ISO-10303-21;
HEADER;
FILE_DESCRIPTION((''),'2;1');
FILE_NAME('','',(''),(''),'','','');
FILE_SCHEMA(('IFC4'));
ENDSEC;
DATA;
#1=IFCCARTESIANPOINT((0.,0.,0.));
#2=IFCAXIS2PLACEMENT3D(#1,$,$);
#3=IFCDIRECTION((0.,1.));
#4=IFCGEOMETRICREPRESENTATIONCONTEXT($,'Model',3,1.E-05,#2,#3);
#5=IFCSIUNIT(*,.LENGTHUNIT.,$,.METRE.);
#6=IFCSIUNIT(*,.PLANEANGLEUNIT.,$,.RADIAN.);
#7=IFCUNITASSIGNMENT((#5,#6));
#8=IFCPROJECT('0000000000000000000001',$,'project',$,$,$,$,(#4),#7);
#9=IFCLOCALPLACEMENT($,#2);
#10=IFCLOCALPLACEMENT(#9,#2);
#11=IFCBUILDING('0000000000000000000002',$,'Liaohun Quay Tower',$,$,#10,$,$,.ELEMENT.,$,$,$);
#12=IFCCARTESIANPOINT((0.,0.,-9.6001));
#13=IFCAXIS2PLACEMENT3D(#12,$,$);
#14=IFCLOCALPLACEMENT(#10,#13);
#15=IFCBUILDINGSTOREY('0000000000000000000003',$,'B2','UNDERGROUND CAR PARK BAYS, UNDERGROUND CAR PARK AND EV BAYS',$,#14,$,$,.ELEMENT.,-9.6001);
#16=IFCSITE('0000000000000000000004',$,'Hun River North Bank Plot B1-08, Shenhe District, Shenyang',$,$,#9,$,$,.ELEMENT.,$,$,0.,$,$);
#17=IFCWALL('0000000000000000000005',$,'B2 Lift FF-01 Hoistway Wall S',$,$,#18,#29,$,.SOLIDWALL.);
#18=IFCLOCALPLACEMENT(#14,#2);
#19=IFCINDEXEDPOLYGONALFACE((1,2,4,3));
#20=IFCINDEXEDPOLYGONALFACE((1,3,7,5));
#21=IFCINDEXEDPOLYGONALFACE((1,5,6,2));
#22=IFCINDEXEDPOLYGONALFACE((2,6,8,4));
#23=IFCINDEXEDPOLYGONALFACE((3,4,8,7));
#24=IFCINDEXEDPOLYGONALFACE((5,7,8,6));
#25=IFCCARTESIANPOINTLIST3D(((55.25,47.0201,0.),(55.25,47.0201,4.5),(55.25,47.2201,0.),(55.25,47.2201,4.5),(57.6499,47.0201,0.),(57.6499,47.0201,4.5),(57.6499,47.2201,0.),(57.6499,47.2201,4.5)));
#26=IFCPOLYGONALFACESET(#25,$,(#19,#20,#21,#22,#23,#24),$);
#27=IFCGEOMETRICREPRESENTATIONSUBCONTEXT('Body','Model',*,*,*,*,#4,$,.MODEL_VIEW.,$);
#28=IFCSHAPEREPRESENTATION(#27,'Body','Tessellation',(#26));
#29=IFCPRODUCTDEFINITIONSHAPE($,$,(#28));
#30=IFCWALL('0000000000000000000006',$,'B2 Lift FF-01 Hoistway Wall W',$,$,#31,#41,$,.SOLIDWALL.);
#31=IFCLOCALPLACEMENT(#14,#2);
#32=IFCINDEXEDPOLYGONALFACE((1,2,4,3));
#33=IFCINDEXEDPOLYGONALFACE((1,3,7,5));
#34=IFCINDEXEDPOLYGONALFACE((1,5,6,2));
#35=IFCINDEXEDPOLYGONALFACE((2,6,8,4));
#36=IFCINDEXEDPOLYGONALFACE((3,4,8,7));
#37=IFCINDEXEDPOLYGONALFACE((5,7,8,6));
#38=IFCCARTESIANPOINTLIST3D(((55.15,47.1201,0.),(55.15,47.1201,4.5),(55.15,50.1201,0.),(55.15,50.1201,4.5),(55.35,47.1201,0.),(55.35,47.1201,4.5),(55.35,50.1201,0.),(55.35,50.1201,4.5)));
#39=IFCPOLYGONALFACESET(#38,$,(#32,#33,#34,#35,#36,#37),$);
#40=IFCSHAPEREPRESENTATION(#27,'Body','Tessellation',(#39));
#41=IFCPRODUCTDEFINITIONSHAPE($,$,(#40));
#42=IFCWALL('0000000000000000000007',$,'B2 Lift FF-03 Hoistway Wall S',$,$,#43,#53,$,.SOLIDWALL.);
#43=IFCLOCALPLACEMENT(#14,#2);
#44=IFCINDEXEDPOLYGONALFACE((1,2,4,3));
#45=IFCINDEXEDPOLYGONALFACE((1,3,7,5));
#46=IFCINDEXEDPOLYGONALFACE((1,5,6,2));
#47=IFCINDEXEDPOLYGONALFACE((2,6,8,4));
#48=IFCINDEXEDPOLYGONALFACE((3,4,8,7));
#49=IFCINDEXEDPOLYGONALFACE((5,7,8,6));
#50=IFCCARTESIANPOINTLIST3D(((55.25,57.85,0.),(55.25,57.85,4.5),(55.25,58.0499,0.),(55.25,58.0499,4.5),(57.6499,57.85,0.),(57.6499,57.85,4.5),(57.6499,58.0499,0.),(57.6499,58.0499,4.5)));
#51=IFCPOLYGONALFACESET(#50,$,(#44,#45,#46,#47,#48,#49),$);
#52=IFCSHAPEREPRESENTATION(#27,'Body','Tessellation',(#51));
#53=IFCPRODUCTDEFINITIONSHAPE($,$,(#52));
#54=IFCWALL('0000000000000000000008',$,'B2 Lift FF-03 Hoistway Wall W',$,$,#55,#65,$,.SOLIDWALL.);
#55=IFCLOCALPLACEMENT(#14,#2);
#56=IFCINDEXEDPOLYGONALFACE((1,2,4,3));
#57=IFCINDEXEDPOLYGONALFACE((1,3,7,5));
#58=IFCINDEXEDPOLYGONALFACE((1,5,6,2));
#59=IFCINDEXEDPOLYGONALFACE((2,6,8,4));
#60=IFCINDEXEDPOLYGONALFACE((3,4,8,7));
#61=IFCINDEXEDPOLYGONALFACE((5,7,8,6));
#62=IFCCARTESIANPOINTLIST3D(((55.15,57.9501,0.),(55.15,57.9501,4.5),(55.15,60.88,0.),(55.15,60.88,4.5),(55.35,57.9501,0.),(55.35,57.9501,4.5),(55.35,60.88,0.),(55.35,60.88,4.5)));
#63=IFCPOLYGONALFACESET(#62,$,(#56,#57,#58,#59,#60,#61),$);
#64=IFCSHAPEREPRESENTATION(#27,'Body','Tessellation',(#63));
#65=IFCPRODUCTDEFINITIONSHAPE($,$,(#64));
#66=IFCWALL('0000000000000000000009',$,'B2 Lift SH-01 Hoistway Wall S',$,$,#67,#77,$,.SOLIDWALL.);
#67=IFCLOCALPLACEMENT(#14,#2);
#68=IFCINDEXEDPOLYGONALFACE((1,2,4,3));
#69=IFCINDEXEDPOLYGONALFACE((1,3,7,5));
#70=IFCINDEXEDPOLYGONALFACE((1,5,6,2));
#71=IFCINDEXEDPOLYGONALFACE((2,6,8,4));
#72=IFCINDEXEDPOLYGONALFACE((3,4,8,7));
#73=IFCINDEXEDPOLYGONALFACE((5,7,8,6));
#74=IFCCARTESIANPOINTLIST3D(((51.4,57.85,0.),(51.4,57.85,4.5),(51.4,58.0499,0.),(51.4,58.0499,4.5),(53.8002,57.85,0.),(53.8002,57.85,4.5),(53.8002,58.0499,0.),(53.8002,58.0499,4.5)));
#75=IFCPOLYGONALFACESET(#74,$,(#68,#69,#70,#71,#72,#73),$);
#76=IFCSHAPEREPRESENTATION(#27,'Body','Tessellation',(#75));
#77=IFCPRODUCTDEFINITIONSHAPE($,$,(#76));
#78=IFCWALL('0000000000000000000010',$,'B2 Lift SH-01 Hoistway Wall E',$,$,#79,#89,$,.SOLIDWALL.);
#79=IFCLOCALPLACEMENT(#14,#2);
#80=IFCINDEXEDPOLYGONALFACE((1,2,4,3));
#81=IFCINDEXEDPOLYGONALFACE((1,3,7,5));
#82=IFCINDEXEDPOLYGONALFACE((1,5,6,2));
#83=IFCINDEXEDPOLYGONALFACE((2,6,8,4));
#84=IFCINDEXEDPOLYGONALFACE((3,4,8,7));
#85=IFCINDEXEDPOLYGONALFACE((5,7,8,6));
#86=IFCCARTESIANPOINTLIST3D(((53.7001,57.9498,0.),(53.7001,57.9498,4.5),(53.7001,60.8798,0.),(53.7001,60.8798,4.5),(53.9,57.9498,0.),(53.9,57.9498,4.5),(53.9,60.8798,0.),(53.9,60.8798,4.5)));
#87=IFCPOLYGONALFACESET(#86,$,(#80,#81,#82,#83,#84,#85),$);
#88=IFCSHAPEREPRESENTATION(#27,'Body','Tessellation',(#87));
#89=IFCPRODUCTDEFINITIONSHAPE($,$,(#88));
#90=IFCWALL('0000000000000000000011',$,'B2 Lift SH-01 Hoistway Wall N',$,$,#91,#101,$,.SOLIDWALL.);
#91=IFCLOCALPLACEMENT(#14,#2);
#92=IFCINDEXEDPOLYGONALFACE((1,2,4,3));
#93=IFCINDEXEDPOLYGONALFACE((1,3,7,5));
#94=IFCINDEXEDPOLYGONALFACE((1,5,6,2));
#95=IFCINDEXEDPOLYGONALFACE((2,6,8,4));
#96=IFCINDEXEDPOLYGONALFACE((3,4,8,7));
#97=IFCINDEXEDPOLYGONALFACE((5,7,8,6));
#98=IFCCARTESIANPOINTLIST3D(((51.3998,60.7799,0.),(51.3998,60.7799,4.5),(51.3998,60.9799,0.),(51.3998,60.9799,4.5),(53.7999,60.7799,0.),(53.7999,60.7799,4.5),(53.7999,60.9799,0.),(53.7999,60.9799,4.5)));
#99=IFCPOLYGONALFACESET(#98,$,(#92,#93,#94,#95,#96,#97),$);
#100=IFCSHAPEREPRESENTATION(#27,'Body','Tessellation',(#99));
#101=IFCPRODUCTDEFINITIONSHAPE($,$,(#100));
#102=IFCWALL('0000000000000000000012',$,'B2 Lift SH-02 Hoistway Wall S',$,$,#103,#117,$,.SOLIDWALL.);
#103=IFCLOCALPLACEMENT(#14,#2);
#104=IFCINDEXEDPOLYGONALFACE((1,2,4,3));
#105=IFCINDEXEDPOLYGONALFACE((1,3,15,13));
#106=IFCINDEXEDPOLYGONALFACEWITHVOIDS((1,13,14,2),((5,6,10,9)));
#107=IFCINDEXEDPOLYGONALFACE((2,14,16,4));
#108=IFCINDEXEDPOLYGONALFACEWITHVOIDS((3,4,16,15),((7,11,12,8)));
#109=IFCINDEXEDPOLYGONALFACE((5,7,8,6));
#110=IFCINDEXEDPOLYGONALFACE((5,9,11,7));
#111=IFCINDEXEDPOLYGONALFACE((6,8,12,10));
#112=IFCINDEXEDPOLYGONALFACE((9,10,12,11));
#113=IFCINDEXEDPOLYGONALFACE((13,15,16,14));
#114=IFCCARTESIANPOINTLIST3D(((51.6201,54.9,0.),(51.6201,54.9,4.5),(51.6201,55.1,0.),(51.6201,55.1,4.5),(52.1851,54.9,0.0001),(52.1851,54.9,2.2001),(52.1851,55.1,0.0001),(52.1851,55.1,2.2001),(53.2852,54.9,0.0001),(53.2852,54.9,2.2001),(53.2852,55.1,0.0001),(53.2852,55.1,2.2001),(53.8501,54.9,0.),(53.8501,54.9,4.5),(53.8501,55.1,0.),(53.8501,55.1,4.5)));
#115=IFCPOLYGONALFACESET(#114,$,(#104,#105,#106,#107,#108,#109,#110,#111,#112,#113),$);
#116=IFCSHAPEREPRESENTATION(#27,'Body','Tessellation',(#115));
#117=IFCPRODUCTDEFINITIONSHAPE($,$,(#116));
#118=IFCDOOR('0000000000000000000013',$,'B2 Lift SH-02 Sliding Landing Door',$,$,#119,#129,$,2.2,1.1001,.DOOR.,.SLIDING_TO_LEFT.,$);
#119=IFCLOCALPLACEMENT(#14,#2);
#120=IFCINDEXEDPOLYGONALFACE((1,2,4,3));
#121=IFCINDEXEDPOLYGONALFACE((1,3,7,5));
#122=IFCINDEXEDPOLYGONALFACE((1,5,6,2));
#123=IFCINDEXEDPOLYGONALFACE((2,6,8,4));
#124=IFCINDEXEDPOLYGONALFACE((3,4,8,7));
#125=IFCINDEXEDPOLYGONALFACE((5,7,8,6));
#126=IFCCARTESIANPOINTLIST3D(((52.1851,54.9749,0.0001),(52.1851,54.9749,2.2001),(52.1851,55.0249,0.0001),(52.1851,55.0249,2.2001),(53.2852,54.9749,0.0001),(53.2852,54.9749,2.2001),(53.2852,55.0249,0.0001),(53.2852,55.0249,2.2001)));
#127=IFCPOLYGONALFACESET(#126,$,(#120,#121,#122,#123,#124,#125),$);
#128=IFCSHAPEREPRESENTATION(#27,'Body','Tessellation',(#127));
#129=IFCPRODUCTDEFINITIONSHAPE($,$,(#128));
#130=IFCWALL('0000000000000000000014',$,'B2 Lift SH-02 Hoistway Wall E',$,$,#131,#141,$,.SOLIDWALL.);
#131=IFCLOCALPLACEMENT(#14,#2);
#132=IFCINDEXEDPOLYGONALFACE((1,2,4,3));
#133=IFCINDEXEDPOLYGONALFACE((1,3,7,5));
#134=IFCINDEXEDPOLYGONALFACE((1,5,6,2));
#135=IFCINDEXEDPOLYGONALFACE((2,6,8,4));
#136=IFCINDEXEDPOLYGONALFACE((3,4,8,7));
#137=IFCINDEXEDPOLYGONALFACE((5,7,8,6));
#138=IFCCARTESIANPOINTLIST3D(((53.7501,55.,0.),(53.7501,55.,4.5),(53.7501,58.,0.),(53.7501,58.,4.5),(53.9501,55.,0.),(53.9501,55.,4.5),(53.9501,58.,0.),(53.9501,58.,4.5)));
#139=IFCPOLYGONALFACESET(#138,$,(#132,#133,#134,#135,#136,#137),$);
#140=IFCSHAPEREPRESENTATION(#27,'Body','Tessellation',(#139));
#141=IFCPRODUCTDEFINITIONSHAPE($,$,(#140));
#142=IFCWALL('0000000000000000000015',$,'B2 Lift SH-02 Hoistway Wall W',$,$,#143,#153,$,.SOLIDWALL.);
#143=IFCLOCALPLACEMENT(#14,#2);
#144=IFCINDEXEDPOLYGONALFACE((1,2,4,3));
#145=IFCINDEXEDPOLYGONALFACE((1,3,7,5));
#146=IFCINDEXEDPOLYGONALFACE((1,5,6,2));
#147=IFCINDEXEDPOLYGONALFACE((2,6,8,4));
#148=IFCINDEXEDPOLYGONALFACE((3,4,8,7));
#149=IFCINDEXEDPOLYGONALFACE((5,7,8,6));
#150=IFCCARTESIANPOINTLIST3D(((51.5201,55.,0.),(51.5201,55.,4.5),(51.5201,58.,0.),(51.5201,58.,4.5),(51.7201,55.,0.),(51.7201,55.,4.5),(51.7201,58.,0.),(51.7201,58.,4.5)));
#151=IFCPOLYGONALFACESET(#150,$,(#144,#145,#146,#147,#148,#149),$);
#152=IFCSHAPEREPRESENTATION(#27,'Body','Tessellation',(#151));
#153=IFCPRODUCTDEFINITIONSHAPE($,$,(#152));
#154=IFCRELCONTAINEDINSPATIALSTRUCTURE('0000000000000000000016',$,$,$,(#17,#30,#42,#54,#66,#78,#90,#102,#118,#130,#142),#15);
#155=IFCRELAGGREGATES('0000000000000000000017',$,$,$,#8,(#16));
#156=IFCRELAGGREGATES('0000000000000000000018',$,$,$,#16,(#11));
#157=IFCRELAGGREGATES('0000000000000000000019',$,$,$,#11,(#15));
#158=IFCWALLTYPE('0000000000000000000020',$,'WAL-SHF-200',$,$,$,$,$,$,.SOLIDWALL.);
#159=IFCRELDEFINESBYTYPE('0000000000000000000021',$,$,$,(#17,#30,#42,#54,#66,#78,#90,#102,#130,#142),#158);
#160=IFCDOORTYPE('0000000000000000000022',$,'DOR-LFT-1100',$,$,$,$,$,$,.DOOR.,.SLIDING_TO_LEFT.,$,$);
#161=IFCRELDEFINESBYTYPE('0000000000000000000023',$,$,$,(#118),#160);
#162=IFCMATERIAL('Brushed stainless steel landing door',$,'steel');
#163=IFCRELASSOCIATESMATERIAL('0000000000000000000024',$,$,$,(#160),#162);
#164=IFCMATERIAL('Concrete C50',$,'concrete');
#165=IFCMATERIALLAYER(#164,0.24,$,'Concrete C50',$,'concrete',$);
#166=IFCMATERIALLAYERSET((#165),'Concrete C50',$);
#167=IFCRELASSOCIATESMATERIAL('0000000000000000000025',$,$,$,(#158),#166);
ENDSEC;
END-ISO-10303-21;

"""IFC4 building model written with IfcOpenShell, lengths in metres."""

from ifc_helpers import new_model, si_unit, direction, frame, frame_2d, origin, place, context, subcontext, project, spatial, rectangle, extrude, source, transform, mapped, material, layer, layer_set, type_object, element, fill, save


model = new_model("IFC4")

# Units and contexts
model_context = context("Model", 3, precision=1e-05, world=origin(), true_north=direction((0.0, 1.0)))
body_context = subcontext(model_context, "Body", "Model", "MODEL_VIEW")
ifc_project = project(units=[si_unit("LENGTHUNIT", "METRE"), si_unit("PLANEANGLEUNIT", "RADIAN")], contexts=[model_context])

# Site, building, storey
site_placement = place(None, origin())
site = spatial("IfcSite", under=ifc_project, at=site_placement, Name="Hun River North Bank Plot B1-08, Shenhe District, Shenyang", CompositionType="ELEMENT", RefElevation=0.0)
building_placement = place(site_placement, origin())
building = spatial("IfcBuilding", under=site, at=building_placement, Name="Liaohun Quay Tower", CompositionType="ELEMENT")
storey_placement = place(building_placement, frame((0.0, 0.0, -9.6001)))
storey = spatial("IfcBuildingStorey", under=building, at=storey_placement, Name="B2", Description="UNDERGROUND CAR PARK BAYS, UNDERGROUND CAR PARK AND EV BAYS", CompositionType="ELEMENT", Elevation=-9.6001)

# Shared definitions
ifc_material_1 = material(Name="Concrete C50", Category="concrete")

# Shared definitions
ifc_material_2 = material(Name="Brushed stainless steel landing door", Category="steel")
door_type = type_object("IfcDoorType", Name="DOR-LFT-1100", OperationType="SLIDING_TO_LEFT", PredefinedType="DOOR", material=ifc_material_2)
shared_shape_1 = source(origin(), body_context, "Body", "SweptSolid", [
    extrude(rectangle(XDim=1.1001, YDim=2.2, at=frame_2d((0.55, 1.1001))), frame((0.0, 0.0249, 0.0), z_axis=(0.0, -1.0, 0.0), x_axis=(1.0, 0.0, 0.0)), (0.0, 0.0, 1.0), 0.05),
])

# Walls
ifc_layer_1 = layer(ifc_material_1, 0.24, Name="Concrete C50", Category="concrete")
ifc_layer_set_1 = layer_set([ifc_layer_1], Name="Concrete C50")
wall_type_1 = type_object("IfcWallType", Name="WAL-SHF-200", PredefinedType="SOLIDWALL", material=ifc_layer_set_1)
wall_1_placement = place(storey_placement, frame((55.25, 47.1201, 0.0), z_axis=(0.0, 0.0, 1.0), x_axis=(1.0, 0.0, 0.0)))
element("IfcWall", 1, at=wall_1_placement, inside=storey, type_object=wall_type_1, Name="B2 Lift FF-01 Hoistway Wall S", PredefinedType="SOLIDWALL", context=body_context, shape_type="SweptSolid", body=[
    extrude(rectangle(XDim=2.3999, YDim=0.2, at=frame_2d((1.2, 0.0))), origin(), (0.0, 0.0, 1.0), 4.5),
])
wall_2_placement = place(storey_placement, frame((55.25, 50.1201, 0.0), z_axis=(0.0, 0.0, 1.0), x_axis=(0.0, -1.0, 0.0)))
element("IfcWall", 2, at=wall_2_placement, inside=storey, type_object=wall_type_1, Name="B2 Lift FF-01 Hoistway Wall W", PredefinedType="SOLIDWALL", context=body_context, shape_type="SweptSolid", body=[
    extrude(rectangle(XDim=3.0, YDim=0.2, at=frame_2d((1.5, 0.0))), origin(), (0.0, 0.0, 1.0), 4.5),
])
wall_3_placement = place(storey_placement, frame((55.25, 57.95, 0.0), z_axis=(0.0, 0.0, 1.0), x_axis=(1.0, 0.0, 0.0)))
element("IfcWall", 3, at=wall_3_placement, inside=storey, type_object=wall_type_1, Name="B2 Lift FF-03 Hoistway Wall S", PredefinedType="SOLIDWALL", context=body_context, shape_type="SweptSolid", body=[
    extrude(rectangle(XDim=2.3999, YDim=0.2, at=frame_2d((1.2, 0.0))), origin(), (0.0, 0.0, 1.0), 4.5),
])
wall_4_placement = place(storey_placement, frame((55.25, 60.8799, 0.0), z_axis=(0.0, 0.0, 1.0), x_axis=(0.0, -1.0, 0.0)))
element("IfcWall", 4, at=wall_4_placement, inside=storey, type_object=wall_type_1, Name="B2 Lift FF-03 Hoistway Wall W", PredefinedType="SOLIDWALL", context=body_context, shape_type="SweptSolid", body=[
    extrude(rectangle(XDim=2.9299, YDim=0.2, at=frame_2d((1.4648, 0.0))), origin(), (0.0, 0.0, 1.0), 4.5),
])
wall_5_placement = place(storey_placement, frame((51.3999, 57.95, 0.0), z_axis=(0.0, 0.0, 1.0), x_axis=(1.0, 0.0, 0.0)))
element("IfcWall", 5, at=wall_5_placement, inside=storey, type_object=wall_type_1, Name="B2 Lift SH-01 Hoistway Wall S", PredefinedType="SOLIDWALL", context=body_context, shape_type="SweptSolid", body=[
    extrude(rectangle(XDim=2.4001, YDim=0.2, at=frame_2d((1.2002, 0.0))), origin(), (0.0, 0.0, 1.0), 4.5),
])
wall_6_placement = place(storey_placement, frame((53.8, 57.95, 0.0), z_axis=(0.0, 0.0, 1.0), x_axis=(0.0, 1.0, 0.0)))
element("IfcWall", 6, at=wall_6_placement, inside=storey, type_object=wall_type_1, Name="B2 Lift SH-01 Hoistway Wall E", PredefinedType="SOLIDWALL", context=body_context, shape_type="SweptSolid", body=[
    extrude(rectangle(XDim=2.9299, YDim=0.2, at=frame_2d((1.4648, 0.0))), origin(), (0.0, 0.0, 1.0), 4.5),
])
wall_7_placement = place(storey_placement, frame((53.8, 60.8799, 0.0), z_axis=(0.0, 0.0, 1.0), x_axis=(-1.0, 0.0, 0.0)))
element("IfcWall", 7, at=wall_7_placement, inside=storey, type_object=wall_type_1, Name="B2 Lift SH-01 Hoistway Wall N", PredefinedType="SOLIDWALL", context=body_context, shape_type="SweptSolid", body=[
    extrude(rectangle(XDim=2.4001, YDim=0.2, at=frame_2d((1.2002, 0.0))), origin(), (0.0, 0.0, 1.0), 4.5),
])

# Wall, opening, door
wall_8_placement = place(storey_placement, frame((51.6201, 55.0, 0.0), z_axis=(0.0, 0.0, 1.0), x_axis=(1.0, 0.0, 0.0)))
wall_8 = element("IfcWall", 8, at=wall_8_placement, inside=storey, type_object=wall_type_1, Name="B2 Lift SH-02 Hoistway Wall S", PredefinedType="SOLIDWALL", context=body_context, shape_type="SweptSolid", body=[
    extrude(rectangle(XDim=2.23, YDim=0.2, at=frame_2d((1.115, 0.0))), origin(), (0.0, 0.0, 1.0), 4.5),
])
shared_shape_2 = source(origin(), body_context, "Body", "SweptSolid", [
    extrude(rectangle(XDim=1.1001, YDim=2.2, at=frame_2d((0.55, 1.1001))), frame((0.0, 0.1099, 0.0), z_axis=(0.0, -1.0, 0.0), x_axis=(1.0, 0.0, 0.0)), (0.0, 0.0, 1.0), 0.22),
])
opening_1_placement = place(wall_8_placement, frame((0.5649, 0.0, 0.0)))
opening_1 = element("IfcOpeningElement", 9, at=opening_1_placement, cuts=wall_8, PredefinedType="OPENING", context=body_context, shape_type="MappedRepresentation", body=[
    mapped(shared_shape_2, transform((0.0, 0.0, 0.0), x_axis=(1.0, 0.0, 0.0), y_axis=(0.0, 1.0, 0.0), z_axis=(0.0, 0.0, 1.0), scale=1.0)),
])
door_1_placement = place(opening_1_placement, origin())
door_1 = element("IfcDoor", 10, at=door_1_placement, inside=storey, type_object=door_type, Name="B2 Lift SH-02 Sliding Landing Door", OperationType="SLIDING_TO_LEFT", OverallHeight=2.2, OverallWidth=1.1001, PredefinedType="DOOR", context=body_context, shape_type="MappedRepresentation", body=[
    mapped(shared_shape_1, transform((0.0, 0.0, 0.0), x_axis=(1.0, 0.0, 0.0), y_axis=(0.0, 1.0, 0.0), z_axis=(0.0, 0.0, 1.0), scale=1.0)),
])
fill(opening_1, door_1)

# Walls
for number, where, z_axis, x_axis, name in (
    (11, (53.8501, 55.0, 0.0), (0.0, 0.0, 1.0), (0.0, 1.0, 0.0), "B2 Lift SH-02 Hoistway Wall E"),
    (12, (51.6201, 58.0, 0.0), (0.0, 0.0, 1.0), (0.0, -1.0, 0.0), "B2 Lift SH-02 Hoistway Wall W"),
):
    element("IfcWall", number, at=place(storey_placement, frame(where, z_axis=z_axis, x_axis=x_axis)), inside=storey, type_object=wall_type_1, Name=name, PredefinedType="SOLIDWALL", context=body_context, shape_type="SweptSolid", body=[
        extrude(rectangle(XDim=3.0, YDim=0.2, at=frame_2d((1.5, 0.0))), origin(), (0.0, 0.0, 1.0), 4.5),
    ])

save(model, "model.ifc")
